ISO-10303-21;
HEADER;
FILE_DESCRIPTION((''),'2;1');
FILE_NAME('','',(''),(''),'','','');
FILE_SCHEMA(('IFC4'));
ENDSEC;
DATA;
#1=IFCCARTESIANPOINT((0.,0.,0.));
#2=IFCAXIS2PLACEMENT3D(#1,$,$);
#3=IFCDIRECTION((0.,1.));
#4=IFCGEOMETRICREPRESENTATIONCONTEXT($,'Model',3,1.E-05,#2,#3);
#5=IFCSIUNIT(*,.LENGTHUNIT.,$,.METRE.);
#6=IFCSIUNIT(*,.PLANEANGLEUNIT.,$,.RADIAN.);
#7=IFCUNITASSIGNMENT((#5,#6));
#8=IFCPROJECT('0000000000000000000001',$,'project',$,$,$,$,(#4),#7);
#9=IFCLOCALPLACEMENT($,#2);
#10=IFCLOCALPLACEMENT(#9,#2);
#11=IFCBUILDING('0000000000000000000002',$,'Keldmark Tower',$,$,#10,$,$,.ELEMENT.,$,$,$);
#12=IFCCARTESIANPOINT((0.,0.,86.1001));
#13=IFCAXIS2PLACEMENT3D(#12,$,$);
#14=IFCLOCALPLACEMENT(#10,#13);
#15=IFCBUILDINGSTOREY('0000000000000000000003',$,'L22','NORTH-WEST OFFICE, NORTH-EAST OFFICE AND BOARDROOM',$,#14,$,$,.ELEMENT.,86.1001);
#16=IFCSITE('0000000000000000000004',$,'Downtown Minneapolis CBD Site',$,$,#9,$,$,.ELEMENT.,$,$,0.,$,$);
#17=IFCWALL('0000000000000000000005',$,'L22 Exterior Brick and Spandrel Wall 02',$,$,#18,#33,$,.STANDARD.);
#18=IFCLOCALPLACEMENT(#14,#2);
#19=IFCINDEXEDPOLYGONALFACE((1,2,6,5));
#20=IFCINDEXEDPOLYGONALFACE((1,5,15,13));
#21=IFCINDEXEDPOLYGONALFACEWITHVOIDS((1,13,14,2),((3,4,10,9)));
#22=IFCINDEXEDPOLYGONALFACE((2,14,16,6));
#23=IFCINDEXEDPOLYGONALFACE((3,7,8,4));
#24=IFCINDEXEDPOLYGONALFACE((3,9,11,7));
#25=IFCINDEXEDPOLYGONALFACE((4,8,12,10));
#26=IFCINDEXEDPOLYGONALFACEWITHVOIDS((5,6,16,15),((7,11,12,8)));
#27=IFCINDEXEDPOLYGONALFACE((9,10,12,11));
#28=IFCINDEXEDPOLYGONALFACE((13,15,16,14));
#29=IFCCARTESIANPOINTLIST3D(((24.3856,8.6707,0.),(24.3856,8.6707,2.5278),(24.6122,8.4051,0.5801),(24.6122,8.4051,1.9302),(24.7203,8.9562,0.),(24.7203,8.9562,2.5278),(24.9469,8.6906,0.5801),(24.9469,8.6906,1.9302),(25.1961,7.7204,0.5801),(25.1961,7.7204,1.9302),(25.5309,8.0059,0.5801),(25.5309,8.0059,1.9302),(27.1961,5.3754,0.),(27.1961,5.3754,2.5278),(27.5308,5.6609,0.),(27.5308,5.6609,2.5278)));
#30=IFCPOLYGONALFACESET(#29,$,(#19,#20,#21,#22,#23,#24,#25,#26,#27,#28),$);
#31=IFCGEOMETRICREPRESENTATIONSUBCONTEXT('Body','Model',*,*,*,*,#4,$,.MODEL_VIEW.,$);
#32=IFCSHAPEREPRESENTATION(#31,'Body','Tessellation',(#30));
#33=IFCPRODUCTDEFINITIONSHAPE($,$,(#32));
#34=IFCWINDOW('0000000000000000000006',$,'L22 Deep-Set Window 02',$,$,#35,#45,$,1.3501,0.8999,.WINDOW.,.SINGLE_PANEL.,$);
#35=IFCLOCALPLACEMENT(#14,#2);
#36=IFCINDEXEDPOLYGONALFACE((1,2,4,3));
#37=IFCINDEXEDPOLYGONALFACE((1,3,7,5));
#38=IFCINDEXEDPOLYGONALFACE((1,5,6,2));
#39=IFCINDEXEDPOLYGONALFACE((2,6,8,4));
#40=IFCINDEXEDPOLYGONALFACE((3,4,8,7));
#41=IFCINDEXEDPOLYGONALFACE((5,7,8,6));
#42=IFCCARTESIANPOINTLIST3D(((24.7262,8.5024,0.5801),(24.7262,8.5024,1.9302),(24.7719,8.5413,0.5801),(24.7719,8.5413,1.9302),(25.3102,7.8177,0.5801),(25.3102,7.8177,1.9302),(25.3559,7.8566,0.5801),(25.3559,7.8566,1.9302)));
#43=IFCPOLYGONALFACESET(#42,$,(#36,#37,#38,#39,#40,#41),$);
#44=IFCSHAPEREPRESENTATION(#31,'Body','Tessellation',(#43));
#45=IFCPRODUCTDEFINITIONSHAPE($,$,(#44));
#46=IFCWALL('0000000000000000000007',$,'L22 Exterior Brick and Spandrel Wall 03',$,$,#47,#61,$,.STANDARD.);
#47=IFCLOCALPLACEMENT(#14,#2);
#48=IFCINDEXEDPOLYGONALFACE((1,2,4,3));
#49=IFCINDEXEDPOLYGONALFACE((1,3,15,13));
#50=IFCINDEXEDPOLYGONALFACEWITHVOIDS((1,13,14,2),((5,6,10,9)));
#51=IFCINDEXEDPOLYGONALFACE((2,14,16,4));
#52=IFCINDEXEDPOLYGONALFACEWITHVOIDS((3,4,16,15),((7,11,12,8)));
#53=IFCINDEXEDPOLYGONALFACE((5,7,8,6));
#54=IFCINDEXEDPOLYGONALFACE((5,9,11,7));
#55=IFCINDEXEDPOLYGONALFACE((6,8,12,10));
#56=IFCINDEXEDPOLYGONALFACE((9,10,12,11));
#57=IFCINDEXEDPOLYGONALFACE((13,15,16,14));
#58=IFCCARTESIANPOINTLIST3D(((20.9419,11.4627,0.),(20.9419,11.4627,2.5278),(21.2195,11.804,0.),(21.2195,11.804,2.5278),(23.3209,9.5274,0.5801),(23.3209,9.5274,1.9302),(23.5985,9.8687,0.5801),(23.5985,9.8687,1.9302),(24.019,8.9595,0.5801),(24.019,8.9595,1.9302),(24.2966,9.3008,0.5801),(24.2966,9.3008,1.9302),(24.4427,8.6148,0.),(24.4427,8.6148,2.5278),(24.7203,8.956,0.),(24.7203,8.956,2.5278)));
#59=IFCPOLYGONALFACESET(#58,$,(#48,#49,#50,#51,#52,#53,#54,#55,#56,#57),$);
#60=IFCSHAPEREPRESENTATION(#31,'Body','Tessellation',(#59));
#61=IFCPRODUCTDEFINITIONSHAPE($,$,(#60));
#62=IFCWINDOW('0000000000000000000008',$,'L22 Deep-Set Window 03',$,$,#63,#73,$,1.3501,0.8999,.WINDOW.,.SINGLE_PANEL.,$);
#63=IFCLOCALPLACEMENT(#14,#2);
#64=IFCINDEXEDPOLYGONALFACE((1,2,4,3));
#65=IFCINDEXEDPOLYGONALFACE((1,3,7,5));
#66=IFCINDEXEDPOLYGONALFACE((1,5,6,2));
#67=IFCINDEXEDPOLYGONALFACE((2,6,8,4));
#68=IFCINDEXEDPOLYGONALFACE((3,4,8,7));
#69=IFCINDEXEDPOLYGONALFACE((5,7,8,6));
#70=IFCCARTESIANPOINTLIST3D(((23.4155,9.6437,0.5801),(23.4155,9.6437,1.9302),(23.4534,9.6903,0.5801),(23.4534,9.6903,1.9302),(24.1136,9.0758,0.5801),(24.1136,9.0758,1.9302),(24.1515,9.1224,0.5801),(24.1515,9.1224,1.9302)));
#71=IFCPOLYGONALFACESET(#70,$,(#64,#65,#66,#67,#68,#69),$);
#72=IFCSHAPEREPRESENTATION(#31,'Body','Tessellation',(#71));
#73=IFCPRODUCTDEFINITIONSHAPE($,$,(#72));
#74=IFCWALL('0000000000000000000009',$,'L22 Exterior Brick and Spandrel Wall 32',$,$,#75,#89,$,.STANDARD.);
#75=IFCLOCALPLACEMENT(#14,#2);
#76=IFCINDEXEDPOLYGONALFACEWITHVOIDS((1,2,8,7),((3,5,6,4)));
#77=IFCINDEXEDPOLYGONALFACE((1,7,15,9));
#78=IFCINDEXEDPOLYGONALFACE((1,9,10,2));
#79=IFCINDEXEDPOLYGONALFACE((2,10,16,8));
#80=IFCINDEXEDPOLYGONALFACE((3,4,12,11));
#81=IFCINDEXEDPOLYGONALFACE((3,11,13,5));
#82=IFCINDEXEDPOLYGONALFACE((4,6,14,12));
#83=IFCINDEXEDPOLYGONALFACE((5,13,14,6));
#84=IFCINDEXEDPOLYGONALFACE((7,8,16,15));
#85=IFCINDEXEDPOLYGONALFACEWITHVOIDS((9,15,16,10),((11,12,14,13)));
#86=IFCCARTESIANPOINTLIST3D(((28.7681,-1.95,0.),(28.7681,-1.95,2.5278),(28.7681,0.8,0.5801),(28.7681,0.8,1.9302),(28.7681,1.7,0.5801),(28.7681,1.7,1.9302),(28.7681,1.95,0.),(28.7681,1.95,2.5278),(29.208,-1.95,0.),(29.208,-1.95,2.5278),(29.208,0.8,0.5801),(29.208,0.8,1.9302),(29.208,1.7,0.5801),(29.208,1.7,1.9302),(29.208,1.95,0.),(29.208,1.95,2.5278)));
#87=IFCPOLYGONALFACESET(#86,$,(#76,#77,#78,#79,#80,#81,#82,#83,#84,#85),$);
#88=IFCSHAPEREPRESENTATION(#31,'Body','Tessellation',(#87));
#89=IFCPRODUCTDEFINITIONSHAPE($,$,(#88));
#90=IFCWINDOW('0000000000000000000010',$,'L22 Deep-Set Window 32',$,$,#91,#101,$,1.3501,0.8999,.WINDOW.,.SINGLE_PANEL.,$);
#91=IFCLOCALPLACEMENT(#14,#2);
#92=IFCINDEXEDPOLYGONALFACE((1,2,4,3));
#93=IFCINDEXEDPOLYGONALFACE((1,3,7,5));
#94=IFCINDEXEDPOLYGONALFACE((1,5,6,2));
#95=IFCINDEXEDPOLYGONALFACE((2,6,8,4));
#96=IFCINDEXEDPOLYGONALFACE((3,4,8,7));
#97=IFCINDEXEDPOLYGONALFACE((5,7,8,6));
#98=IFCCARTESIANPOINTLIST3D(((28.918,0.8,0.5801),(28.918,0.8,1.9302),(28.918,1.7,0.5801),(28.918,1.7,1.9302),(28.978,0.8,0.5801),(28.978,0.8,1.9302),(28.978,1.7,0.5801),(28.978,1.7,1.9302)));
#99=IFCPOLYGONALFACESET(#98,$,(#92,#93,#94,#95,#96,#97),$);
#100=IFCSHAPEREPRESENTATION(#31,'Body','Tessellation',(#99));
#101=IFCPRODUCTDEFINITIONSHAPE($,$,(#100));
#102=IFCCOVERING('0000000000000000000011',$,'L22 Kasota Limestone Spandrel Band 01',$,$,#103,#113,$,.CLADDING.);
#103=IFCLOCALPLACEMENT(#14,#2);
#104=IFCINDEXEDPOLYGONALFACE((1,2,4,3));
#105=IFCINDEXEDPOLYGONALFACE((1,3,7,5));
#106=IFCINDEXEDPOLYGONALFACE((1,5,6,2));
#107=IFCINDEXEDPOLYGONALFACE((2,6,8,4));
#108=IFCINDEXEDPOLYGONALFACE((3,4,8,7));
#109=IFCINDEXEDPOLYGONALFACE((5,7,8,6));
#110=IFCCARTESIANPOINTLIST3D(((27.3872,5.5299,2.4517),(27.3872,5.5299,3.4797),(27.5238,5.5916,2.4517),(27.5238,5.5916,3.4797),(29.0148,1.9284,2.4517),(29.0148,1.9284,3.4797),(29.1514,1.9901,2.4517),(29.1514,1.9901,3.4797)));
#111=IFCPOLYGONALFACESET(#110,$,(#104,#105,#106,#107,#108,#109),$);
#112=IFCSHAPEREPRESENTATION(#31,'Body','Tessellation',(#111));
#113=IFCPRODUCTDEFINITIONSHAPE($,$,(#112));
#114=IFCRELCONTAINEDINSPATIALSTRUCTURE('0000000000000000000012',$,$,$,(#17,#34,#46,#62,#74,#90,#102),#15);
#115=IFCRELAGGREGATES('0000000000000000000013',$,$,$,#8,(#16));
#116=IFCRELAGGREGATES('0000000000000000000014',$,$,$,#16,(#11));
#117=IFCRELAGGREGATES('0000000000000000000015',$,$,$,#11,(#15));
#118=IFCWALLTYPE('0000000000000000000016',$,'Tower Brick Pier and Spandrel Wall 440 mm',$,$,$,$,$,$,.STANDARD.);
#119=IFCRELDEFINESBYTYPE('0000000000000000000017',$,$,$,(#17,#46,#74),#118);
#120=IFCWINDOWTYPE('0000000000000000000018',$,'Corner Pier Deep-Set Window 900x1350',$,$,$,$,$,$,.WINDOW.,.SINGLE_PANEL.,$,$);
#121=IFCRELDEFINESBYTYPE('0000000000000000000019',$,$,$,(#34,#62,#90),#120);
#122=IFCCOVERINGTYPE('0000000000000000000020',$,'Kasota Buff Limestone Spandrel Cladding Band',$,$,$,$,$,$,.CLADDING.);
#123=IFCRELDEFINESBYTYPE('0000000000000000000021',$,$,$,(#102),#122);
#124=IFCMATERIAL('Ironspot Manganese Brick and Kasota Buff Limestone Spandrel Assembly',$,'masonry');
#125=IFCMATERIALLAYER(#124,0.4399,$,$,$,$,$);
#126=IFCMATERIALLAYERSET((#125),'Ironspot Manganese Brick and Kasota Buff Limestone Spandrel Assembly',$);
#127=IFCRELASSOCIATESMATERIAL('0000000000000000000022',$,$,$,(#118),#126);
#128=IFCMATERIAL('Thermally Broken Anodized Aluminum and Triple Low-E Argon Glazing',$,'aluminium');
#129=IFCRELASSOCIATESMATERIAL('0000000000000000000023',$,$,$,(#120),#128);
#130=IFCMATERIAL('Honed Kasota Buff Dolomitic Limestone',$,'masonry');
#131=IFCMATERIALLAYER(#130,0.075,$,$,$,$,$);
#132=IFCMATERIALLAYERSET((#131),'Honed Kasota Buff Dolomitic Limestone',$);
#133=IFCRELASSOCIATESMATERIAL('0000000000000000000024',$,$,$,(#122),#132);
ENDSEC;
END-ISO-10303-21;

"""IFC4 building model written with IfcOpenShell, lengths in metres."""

from ifc_helpers import new_model, si_unit, direction, frame, frame_2d, origin, origin_2d, place, context, subcontext, project, spatial, rectangle, extrude, material, layer, layer_set, type_object, element, fill, save


model = new_model("IFC4")

# Units and contexts
model_context = context("Model", 3, precision=1e-05, world=origin(), true_north=direction((0.0, 1.0)))
body_context = subcontext(model_context, "Body", "Model", "MODEL_VIEW")
ifc_project = project(units=[si_unit("LENGTHUNIT", "METRE"), si_unit("PLANEANGLEUNIT", "RADIAN")], contexts=[model_context])

# Site, building, storey
site_placement = place(None, origin())
site = spatial("IfcSite", under=ifc_project, at=site_placement, Name="Downtown Minneapolis CBD Site", CompositionType="ELEMENT", RefElevation=0.0)
building_placement = place(site_placement, origin())
building = spatial("IfcBuilding", under=site, at=building_placement, Name="Keldmark Tower", CompositionType="ELEMENT")
storey_placement = place(building_placement, frame((0.0, 0.0, 86.1001)))
storey = spatial("IfcBuildingStorey", under=building, at=storey_placement, Name="L22", Description="NORTH-WEST OFFICE, NORTH-EAST OFFICE AND BOARDROOM", CompositionType="ELEMENT", Elevation=86.1001)

# Walls, openings, windows
ifc_material_1 = material(Name="Ironspot Manganese Brick and Kasota Buff Limestone Spandrel Assembly", Category="masonry")
ifc_layer_1 = layer(ifc_material_1, 0.4399)
ifc_layer_set_1 = layer_set([ifc_layer_1], Name="Ironspot Manganese Brick and Kasota Buff Limestone Spandrel Assembly")
wall_type = type_object("IfcWallType", Name="Tower Brick Pier and Spandrel Wall 440 mm", PredefinedType="STANDARD", material=ifc_layer_set_1)
ifc_material_2 = material(Name="Thermally Broken Anodized Aluminum and Triple Low-E Argon Glazing", Category="aluminium")
window_type = type_object("IfcWindowType", Name="Corner Pier Deep-Set Window 900x1350", PartitioningType="SINGLE_PANEL", PredefinedType="WINDOW", material=ifc_material_2)
wall_1_placement = place(storey_placement, frame((24.553, 8.8135, 0.0), z_axis=(0.0, 0.0, 1.0), x_axis=(0.648914, -0.760862, 0.0)))
wall_1 = element("IfcWall", 1, at=wall_1_placement, inside=storey, type_object=wall_type, Name="L22 Exterior Brick and Spandrel Wall 02", PredefinedType="STANDARD", context=body_context, shape_type="SweptSolid", body=[
    extrude(rectangle(XDim=4.3311, YDim=0.4399, at=frame_2d((2.1655, 0.0))), origin(), (0.0, 0.0, 1.0), 2.5278),
])
opening_1_placement = place(wall_1_placement, frame((0.3491, 0.0, 0.5801)))
opening_1 = element("IfcOpeningElement", 2, at=opening_1_placement, cuts=wall_1, PredefinedType="OPENING", context=body_context, shape_type="SweptSolid", body=[
    extrude(rectangle(XDim=0.8999, YDim=1.3501, at=frame_2d((0.45, 0.675))), frame((0.0, 0.23, 0.0), z_axis=(0.0, -1.0, 0.0), x_axis=(1.0, 0.0, 0.0)), (0.0, 0.0, 1.0), 0.46),
])
window_1_placement = place(opening_1_placement, origin())
window_1 = element("IfcWindow", 3, at=window_1_placement, inside=storey, type_object=window_type, Name="L22 Deep-Set Window 02", OverallHeight=1.3501, OverallWidth=0.8999, PartitioningType="SINGLE_PANEL", PredefinedType="WINDOW", context=body_context, shape_type="SweptSolid", body=[
    extrude(rectangle(XDim=0.8999, YDim=1.3501, at=frame_2d((0.45, 0.675))), frame((0.0, -0.01, 0.0), z_axis=(0.0, -1.0, 0.0), x_axis=(1.0, 0.0, 0.0)), (0.0, 0.0, 1.0), 0.0601),
])
fill(opening_1, window_1)
wall_2_placement = place(storey_placement, frame((21.0808, 11.6333, 0.0), z_axis=(0.0, 0.0, 1.0), x_axis=(0.775728, -0.631067, 0.0)))
wall_2 = element("IfcWall", 4, at=wall_2_placement, inside=storey, type_object=wall_type, Name="L22 Exterior Brick and Spandrel Wall 03", PredefinedType="STANDARD", context=body_context, shape_type="SweptSolid", body=[
    extrude(rectangle(XDim=4.5129, YDim=0.4399, at=frame_2d((2.2563, 0.0))), origin(), (0.0, 0.0, 1.0), 2.5278),
])
opening_2_placement = place(wall_2_placement, frame((3.0667, 0.0, 0.5801)))
opening_2 = element("IfcOpeningElement", 5, at=opening_2_placement, cuts=wall_2, PredefinedType="OPENING", context=body_context, shape_type="SweptSolid", body=[
    extrude(rectangle(XDim=0.8999, YDim=1.3501, at=frame_2d((0.45, 0.675))), frame((0.0, 0.23, 0.0), z_axis=(0.0, -1.0, 0.0), x_axis=(1.0, 0.0, 0.0)), (0.0, 0.0, 1.0), 0.46),
])
window_2_placement = place(opening_2_placement, origin())
window_2 = element("IfcWindow", 6, at=window_2_placement, inside=storey, type_object=window_type, Name="L22 Deep-Set Window 03", OverallHeight=1.3501, OverallWidth=0.8999, PartitioningType="SINGLE_PANEL", PredefinedType="WINDOW", context=body_context, shape_type="SweptSolid", body=[
    extrude(rectangle(XDim=0.8999, YDim=1.3501, at=frame_2d((0.45, 0.675))), frame((0.0, -0.01, 0.0), z_axis=(0.0, -1.0, 0.0), x_axis=(1.0, 0.0, 0.0)), (0.0, 0.0, 1.0), 0.0601),
])
fill(opening_2, window_2)
wall_3_placement = place(storey_placement, frame((28.988, 1.95, 0.0), z_axis=(0.0, 0.0, 1.0), x_axis=(0.0, -1.0, 0.0)))
wall_3 = element("IfcWall", 7, at=wall_3_placement, inside=storey, type_object=wall_type, Name="L22 Exterior Brick and Spandrel Wall 32", PredefinedType="STANDARD", context=body_context, shape_type="SweptSolid", body=[
    extrude(rectangle(XDim=3.8999, YDim=0.4399, at=frame_2d((1.95, 0.0))), origin(), (0.0, 0.0, 1.0), 2.5278),
])
opening_3_placement = place(wall_3_placement, frame((0.25, 0.0, 0.5801)))
opening_3 = element("IfcOpeningElement", 8, at=opening_3_placement, cuts=wall_3, PredefinedType="OPENING", context=body_context, shape_type="SweptSolid", body=[
    extrude(rectangle(XDim=0.8999, YDim=1.3501, at=frame_2d((0.45, 0.675))), frame((0.0, 0.23, 0.0), z_axis=(0.0, -1.0, 0.0), x_axis=(1.0, 0.0, 0.0)), (0.0, 0.0, 1.0), 0.46),
])
window_3_placement = place(opening_3_placement, origin())
window_3 = element("IfcWindow", 9, at=window_3_placement, inside=storey, type_object=window_type, Name="L22 Deep-Set Window 32", OverallHeight=1.3501, OverallWidth=0.8999, PartitioningType="SINGLE_PANEL", PredefinedType="WINDOW", context=body_context, shape_type="SweptSolid", body=[
    extrude(rectangle(XDim=0.8999, YDim=1.3501, at=frame_2d((0.45, 0.675))), frame((0.0, -0.01, 0.0), z_axis=(0.0, -1.0, 0.0), x_axis=(1.0, 0.0, 0.0)), (0.0, 0.0, 1.0), 0.0601),
])
fill(opening_3, window_3)

# Covering
ifc_material_3 = material(Name="Honed Kasota Buff Dolomitic Limestone", Category="masonry")
ifc_layer_2 = layer(ifc_material_3, 0.075)
ifc_layer_set_2 = layer_set([ifc_layer_2], Name="Honed Kasota Buff Dolomitic Limestone")
covering_type = type_object("IfcCoveringType", Name="Kasota Buff Limestone Spandrel Cladding Band", PredefinedType="CLADDING", material=ifc_layer_set_2)
covering_placement = place(storey_placement, frame((28.2693, 3.76, 2.4517), z_axis=(0.0, 0.0, 1.0), x_axis=(-0.411817, 0.911267, 0.0)))
element("IfcCovering", 10, at=covering_placement, inside=storey, type_object=covering_type, Name="L22 Kasota Limestone Spandrel Band 01", PredefinedType="CLADDING", context=body_context, shape_type="SweptSolid", body=[
    extrude(rectangle(XDim=3.9521, YDim=0.1499, at=origin_2d()), origin(), (0.0, 0.0, 1.0), 1.0281),
])

save(model, "model.ifc")
